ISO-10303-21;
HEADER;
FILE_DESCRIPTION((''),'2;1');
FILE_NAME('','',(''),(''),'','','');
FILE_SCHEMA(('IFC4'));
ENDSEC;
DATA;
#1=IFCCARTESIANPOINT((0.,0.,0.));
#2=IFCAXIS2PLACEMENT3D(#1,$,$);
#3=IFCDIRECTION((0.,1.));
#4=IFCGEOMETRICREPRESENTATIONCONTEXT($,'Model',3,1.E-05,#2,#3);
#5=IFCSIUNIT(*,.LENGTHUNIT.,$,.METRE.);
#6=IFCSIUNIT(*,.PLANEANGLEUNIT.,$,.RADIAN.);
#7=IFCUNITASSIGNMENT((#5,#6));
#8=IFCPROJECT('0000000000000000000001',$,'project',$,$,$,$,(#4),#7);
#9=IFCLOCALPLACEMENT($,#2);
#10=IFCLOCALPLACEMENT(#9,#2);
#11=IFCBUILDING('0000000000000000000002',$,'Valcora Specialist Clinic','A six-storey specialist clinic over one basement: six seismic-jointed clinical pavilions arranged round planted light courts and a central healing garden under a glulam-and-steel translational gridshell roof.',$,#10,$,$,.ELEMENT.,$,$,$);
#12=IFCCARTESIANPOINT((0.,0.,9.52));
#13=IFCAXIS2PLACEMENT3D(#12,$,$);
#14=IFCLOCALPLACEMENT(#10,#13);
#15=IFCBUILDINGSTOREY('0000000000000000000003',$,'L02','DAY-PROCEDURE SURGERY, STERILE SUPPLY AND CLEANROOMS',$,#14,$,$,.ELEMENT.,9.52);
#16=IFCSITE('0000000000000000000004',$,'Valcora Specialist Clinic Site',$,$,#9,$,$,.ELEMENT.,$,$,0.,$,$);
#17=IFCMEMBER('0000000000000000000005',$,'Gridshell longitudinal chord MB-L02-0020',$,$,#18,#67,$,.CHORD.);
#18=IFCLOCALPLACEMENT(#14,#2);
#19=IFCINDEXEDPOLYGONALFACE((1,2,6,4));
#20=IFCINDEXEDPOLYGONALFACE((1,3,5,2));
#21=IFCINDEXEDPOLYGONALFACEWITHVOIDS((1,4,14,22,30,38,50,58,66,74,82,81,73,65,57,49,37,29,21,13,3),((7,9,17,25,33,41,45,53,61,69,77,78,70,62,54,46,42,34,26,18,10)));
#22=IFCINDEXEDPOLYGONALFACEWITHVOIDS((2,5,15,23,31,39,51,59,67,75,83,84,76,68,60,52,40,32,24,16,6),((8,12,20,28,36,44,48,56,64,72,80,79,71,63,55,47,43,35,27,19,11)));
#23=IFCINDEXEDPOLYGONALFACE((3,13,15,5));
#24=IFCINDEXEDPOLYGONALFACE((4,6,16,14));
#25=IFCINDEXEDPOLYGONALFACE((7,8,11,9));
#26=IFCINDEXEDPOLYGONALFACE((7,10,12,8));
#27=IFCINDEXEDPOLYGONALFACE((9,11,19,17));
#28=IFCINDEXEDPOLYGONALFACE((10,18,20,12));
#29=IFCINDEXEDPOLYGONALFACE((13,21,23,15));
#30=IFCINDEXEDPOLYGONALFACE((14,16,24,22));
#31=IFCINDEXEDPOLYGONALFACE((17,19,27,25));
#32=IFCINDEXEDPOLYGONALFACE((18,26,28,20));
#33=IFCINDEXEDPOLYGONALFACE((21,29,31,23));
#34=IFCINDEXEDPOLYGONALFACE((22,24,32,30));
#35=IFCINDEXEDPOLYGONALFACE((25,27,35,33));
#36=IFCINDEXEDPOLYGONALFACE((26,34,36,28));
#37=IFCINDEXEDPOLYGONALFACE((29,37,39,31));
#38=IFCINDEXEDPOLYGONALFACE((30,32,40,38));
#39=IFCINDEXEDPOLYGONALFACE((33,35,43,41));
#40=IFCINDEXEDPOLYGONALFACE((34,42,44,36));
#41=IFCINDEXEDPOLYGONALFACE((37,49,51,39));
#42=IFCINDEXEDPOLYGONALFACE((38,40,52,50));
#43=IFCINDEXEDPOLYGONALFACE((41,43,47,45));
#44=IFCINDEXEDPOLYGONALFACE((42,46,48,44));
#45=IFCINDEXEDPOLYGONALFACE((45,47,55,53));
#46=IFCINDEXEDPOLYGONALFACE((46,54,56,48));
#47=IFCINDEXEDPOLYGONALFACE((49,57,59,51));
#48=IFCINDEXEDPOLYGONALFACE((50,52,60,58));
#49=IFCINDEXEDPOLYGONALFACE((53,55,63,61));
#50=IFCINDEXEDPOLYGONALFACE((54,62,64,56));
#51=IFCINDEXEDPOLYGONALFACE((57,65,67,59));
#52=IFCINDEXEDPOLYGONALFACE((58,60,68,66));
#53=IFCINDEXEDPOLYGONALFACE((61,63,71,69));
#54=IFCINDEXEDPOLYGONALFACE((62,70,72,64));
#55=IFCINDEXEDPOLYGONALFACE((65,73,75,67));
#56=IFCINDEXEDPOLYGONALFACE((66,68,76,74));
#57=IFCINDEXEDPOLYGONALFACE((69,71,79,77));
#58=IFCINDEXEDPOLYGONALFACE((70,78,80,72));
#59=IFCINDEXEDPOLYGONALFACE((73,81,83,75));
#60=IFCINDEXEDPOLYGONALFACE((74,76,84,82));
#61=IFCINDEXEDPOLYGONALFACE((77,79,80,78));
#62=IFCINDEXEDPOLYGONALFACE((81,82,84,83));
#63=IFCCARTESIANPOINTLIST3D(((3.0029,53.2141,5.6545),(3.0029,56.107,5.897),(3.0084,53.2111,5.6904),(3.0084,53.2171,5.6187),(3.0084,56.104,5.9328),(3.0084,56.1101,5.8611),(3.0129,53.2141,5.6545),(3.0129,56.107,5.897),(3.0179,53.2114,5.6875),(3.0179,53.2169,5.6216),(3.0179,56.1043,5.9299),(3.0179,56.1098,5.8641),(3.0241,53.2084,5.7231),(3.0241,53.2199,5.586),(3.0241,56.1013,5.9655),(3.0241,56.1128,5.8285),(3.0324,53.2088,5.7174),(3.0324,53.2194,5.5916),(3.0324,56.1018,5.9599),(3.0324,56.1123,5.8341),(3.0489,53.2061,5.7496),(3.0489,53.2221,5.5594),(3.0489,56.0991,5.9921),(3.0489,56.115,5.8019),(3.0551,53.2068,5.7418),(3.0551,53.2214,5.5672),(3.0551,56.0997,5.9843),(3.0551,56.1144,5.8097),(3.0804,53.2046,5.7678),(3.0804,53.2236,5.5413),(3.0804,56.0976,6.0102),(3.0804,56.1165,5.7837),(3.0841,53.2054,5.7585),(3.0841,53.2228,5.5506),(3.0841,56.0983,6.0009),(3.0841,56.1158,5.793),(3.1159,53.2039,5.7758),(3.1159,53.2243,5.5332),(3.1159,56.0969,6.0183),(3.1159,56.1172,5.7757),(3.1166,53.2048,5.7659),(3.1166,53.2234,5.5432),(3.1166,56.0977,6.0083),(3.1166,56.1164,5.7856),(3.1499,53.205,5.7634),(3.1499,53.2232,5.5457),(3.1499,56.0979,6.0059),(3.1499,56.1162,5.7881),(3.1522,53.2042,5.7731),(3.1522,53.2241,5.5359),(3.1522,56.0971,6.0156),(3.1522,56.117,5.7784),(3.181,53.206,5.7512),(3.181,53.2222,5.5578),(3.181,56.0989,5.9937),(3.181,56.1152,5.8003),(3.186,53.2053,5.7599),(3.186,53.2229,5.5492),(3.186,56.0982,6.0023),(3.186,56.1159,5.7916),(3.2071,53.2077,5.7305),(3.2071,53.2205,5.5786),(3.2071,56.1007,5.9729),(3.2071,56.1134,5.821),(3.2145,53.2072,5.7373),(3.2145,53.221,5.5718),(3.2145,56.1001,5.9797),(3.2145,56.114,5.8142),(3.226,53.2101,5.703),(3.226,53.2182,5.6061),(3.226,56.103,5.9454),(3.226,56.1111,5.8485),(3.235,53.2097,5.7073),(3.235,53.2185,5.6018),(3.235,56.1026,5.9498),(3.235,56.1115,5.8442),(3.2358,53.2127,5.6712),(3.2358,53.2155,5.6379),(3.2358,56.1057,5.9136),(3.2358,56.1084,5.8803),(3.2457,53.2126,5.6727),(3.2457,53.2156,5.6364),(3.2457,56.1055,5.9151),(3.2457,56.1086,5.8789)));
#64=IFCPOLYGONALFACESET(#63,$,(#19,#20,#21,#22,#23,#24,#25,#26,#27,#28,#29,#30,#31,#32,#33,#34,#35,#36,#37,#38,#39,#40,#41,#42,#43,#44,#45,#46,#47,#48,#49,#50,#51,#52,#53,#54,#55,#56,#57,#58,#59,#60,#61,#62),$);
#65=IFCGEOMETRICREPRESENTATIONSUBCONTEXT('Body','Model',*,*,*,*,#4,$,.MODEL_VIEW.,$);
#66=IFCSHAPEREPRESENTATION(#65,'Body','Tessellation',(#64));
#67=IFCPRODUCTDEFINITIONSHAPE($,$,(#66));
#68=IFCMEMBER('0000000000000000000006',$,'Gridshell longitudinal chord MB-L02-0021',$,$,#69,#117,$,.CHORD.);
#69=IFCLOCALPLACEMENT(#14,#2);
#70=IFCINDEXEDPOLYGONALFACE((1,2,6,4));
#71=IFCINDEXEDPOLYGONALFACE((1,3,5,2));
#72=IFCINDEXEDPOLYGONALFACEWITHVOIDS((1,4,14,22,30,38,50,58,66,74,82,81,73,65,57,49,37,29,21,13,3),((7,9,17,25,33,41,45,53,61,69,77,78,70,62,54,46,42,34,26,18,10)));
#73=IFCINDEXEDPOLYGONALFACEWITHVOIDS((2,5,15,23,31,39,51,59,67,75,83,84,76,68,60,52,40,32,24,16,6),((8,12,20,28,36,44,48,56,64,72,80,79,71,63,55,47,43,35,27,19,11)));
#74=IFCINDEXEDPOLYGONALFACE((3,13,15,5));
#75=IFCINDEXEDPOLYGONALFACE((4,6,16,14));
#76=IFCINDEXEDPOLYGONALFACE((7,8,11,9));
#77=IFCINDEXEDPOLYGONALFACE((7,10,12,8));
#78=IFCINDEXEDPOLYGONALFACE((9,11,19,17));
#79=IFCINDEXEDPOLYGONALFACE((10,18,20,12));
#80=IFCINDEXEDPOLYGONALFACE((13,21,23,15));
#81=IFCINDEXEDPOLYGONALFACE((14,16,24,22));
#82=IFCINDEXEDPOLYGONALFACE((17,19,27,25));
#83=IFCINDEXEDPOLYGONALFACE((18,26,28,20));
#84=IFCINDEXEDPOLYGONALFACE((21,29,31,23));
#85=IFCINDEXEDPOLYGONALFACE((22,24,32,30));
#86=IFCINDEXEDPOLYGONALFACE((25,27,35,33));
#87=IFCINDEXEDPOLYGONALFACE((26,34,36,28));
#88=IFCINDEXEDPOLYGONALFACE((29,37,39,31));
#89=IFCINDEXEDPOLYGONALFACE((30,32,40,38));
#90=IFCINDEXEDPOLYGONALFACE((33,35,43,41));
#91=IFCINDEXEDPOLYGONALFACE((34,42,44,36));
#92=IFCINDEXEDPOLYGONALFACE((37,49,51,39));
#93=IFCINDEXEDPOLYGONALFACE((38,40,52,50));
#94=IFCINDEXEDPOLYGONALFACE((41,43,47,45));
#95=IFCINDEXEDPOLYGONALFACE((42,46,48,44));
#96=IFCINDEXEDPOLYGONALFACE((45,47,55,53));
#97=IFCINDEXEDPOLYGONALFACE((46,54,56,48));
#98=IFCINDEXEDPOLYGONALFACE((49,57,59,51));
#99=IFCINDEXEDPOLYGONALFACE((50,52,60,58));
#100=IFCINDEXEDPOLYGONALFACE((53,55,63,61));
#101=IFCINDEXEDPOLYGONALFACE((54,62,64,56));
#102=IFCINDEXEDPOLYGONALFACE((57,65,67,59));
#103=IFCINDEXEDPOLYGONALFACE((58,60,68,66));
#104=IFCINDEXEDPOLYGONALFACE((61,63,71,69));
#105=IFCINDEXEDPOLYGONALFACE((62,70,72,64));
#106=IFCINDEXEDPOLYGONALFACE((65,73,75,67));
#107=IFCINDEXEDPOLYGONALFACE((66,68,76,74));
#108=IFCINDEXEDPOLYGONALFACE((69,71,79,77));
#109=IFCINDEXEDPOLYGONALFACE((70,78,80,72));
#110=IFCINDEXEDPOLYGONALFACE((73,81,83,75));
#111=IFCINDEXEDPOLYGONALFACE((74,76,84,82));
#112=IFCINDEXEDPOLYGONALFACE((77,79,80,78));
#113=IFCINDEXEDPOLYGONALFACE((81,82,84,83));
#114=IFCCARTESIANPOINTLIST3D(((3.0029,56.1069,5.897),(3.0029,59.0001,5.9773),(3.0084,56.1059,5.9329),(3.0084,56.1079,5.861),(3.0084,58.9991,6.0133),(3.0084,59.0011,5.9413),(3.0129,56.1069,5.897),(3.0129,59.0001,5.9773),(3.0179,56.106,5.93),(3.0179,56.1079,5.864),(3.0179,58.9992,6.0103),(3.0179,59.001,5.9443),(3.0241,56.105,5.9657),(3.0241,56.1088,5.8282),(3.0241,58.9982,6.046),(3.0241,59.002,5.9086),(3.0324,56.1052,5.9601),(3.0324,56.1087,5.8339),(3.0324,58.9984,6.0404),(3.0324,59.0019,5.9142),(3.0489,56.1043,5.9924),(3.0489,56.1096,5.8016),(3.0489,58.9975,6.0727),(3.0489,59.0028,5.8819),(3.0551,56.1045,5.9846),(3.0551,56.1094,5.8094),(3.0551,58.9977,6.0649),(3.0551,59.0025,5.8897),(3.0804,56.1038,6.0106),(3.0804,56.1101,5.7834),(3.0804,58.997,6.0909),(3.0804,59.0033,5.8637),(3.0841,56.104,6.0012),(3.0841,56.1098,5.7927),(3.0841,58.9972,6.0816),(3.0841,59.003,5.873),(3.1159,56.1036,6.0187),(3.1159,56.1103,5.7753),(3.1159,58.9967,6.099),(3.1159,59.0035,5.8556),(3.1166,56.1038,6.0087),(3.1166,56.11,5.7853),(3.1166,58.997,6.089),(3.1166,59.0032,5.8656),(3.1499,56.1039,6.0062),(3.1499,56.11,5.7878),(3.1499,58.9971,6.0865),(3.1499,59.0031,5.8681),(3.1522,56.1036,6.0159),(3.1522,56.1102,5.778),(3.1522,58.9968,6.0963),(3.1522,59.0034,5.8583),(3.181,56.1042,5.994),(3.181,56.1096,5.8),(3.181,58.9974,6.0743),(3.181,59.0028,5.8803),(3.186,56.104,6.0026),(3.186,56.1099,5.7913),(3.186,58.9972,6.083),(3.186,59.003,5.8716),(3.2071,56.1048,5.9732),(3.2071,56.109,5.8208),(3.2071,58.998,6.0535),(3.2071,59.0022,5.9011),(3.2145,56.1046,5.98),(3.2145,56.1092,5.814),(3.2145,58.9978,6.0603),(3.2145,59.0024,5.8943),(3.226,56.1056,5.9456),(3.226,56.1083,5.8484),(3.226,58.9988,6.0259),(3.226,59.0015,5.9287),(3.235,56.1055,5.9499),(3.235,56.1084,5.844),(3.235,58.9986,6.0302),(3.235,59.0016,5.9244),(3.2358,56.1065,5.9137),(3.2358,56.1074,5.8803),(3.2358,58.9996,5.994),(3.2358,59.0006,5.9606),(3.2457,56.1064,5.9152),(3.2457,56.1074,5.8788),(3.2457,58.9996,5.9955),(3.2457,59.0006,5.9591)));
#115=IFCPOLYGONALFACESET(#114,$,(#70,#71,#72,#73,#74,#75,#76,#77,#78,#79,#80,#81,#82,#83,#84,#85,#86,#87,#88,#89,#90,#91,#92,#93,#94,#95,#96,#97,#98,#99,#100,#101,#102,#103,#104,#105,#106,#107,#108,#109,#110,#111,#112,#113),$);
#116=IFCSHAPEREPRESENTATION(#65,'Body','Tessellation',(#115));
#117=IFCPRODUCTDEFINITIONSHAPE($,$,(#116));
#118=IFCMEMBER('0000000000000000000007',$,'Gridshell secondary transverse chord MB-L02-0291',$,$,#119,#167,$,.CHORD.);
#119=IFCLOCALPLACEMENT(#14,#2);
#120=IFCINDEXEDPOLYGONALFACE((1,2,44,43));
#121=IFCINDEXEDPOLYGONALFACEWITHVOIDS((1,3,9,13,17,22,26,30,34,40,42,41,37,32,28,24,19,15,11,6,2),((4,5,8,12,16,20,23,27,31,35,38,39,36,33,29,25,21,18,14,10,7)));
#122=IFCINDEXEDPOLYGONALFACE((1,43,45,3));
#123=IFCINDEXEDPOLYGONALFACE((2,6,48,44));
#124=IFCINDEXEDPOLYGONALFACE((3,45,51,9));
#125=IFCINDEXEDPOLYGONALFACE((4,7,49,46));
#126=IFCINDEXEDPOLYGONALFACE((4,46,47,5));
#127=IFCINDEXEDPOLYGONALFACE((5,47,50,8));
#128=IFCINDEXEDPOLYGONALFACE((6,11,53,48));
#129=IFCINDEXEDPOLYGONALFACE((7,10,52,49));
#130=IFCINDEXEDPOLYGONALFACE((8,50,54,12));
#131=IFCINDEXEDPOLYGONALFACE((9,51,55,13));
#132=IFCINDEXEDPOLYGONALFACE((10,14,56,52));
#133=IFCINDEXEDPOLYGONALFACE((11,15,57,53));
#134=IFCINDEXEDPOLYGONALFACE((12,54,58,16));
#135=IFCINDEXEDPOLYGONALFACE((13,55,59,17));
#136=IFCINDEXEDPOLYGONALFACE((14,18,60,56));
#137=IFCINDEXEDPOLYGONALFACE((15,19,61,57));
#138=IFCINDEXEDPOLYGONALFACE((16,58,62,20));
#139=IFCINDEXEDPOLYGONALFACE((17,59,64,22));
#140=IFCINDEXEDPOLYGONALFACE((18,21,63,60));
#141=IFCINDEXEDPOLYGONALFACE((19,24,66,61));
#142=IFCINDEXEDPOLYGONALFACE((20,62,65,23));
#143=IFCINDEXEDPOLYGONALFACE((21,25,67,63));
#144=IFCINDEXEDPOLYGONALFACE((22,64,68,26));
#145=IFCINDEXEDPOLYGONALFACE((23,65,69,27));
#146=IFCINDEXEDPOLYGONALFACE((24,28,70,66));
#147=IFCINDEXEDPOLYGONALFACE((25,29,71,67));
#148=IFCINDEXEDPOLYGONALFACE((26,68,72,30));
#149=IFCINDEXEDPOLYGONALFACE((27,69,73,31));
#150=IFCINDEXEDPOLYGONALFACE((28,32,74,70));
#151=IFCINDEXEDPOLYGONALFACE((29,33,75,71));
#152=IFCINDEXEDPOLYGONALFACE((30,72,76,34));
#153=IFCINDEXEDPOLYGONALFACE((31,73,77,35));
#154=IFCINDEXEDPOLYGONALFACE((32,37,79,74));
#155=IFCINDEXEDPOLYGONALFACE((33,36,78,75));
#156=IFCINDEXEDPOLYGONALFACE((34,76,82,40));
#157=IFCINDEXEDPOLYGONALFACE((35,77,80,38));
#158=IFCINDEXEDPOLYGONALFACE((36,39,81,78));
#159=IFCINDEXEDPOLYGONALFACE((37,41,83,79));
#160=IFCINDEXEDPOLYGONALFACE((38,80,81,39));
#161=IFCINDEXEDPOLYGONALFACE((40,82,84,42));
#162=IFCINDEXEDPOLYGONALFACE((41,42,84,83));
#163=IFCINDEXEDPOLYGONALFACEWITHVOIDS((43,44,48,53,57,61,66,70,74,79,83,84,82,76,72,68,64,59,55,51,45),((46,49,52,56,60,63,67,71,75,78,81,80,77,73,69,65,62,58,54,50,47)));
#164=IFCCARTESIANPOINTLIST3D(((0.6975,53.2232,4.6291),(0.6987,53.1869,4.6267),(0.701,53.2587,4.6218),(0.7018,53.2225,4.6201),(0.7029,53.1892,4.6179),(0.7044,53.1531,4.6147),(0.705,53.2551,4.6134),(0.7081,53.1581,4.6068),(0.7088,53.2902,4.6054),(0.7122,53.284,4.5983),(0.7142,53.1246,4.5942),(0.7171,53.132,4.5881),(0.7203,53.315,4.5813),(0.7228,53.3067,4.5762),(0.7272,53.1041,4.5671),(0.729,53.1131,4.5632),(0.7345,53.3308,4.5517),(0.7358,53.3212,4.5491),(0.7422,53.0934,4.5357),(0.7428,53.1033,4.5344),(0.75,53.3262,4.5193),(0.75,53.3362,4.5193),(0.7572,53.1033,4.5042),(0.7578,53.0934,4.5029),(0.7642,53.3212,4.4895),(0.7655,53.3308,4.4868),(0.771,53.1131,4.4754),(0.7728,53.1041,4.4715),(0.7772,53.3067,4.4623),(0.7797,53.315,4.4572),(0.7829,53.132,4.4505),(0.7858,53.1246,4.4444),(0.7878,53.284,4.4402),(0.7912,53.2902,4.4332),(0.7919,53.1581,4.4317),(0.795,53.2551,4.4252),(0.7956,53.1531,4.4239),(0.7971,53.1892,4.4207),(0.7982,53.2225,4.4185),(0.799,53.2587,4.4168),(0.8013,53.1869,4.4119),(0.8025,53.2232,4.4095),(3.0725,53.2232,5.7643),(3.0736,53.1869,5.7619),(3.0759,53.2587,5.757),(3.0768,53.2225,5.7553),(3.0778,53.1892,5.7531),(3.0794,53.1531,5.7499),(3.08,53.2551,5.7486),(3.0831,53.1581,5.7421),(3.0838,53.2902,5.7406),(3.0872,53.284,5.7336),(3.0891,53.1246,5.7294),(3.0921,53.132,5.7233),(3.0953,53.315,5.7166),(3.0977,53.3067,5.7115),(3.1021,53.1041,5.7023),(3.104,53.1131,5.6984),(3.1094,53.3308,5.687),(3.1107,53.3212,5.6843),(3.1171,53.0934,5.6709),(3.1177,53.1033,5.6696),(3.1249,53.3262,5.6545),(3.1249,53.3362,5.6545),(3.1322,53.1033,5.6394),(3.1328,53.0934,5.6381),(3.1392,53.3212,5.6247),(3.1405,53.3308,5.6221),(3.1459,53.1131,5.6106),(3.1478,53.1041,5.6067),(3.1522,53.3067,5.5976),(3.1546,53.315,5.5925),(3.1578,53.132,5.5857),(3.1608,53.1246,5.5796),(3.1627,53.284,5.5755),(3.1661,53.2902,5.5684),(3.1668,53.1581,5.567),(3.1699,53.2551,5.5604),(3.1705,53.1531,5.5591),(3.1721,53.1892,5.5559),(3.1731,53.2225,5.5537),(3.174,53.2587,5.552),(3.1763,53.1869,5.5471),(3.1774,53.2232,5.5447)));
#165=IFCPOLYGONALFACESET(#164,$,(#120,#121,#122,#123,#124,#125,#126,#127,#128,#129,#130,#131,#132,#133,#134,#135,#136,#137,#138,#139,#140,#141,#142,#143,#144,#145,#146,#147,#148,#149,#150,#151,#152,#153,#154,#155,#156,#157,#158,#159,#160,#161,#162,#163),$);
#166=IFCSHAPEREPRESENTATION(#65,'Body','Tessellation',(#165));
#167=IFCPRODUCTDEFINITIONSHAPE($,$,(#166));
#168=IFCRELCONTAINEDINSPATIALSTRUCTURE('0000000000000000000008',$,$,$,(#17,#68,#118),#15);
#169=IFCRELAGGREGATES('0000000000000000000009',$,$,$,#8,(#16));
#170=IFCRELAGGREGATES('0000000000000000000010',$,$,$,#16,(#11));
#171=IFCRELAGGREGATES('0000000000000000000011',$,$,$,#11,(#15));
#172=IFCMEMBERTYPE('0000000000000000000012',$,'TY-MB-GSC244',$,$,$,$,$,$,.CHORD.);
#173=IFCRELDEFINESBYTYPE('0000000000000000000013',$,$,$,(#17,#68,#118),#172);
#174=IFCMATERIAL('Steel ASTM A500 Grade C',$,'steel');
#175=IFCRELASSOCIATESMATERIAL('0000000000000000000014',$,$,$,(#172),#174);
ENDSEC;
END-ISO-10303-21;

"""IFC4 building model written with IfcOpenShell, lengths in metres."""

from ifc_helpers import new_model, si_unit, direction, frame, origin, origin_2d, place, context, subcontext, project, spatial, hollow_circle, extrude, material, material_profile, profile_set, type_object, element, save


model = new_model("IFC4")

# Units and contexts
model_context = context("Model", 3, precision=1e-05, world=origin(), true_north=direction((0.0, 1.0)))
body_context = subcontext(model_context, "Body", "Model", "MODEL_VIEW")
ifc_project = project(units=[si_unit("LENGTHUNIT", "METRE"), si_unit("PLANEANGLEUNIT", "RADIAN")], contexts=[model_context])

# Site, building, storey
site_placement = place(None, origin())
site = spatial("IfcSite", under=ifc_project, at=site_placement, Name="Valcora Specialist Clinic Site", CompositionType="ELEMENT", RefElevation=0.0)
building_placement = place(site_placement, origin())
building = spatial("IfcBuilding", under=site, at=building_placement, Name="Valcora Specialist Clinic", Description="A six-storey specialist clinic over one basement: six seismic-jointed clinical pavilions arranged round planted light courts and a central healing garden under a glulam-and-steel translational gridshell roof.", CompositionType="ELEMENT")
storey_placement = place(building_placement, frame((0.0, 0.0, 9.52)))
storey = spatial("IfcBuildingStorey", under=building, at=storey_placement, Name="L02", Description="DAY-PROCEDURE SURGERY, STERILE SUPPLY AND CLEANROOMS", CompositionType="ELEMENT", Elevation=9.52)

# Members
ifc_material_1 = material(Name="Steel ASTM A500 Grade C", Category="steel")
ifc_material_profile_1 = material_profile(ifc_material_1, hollow_circle(Radius=0.1221, WallThickness=0.01, at=origin_2d()), Name="ST-CHS-244X10")
ifc_profile_set_1 = profile_set([ifc_material_profile_1], Name="Steel ASTM A500 Grade C")
member_type_1 = type_object("IfcMemberType", Name="TY-MB-GSC244", PredefinedType="CHORD", material=ifc_profile_set_1)
member_1_placement = place(storey_placement, frame((3.125, 53.2141, 5.6545), z_axis=(0.0, 0.996507, 0.083512), x_axis=(-1.0, 0.0, 0.0)))
element("IfcMember", 1, at=member_1_placement, inside=storey, type_object=member_type_1, Name="Gridshell longitudinal chord MB-L02-0020", PredefinedType="CHORD", context=body_context, shape_type="SweptSolid", body=[
    extrude(hollow_circle(Radius=0.1221, WallThickness=0.01, at=origin_2d()), origin(), (0.0, 0.0, 1.0), 2.9031),
])
member_2_placement = place(storey_placement, frame((3.125, 56.1069, 5.897), z_axis=(0.0, 0.999615, 0.027753), x_axis=(-1.0, 0.0, 0.0)))
element("IfcMember", 2, at=member_2_placement, inside=storey, type_object=member_type_1, Name="Gridshell longitudinal chord MB-L02-0021", PredefinedType="CHORD", context=body_context, shape_type="SweptSolid", body=[
    extrude(hollow_circle(Radius=0.1221, WallThickness=0.01, at=origin_2d()), origin(), (0.0, 0.0, 1.0), 2.8943),
])
member_3_placement = place(storey_placement, frame((0.75, 53.2141, 4.5193), z_axis=(0.902225, 0.0, 0.431265), x_axis=(0.0, 1.0, 0.0)))
element("IfcMember", 3, at=member_3_placement, inside=storey, type_object=member_type_1, Name="Gridshell secondary transverse chord MB-L02-0291", PredefinedType="CHORD", context=body_context, shape_type="SweptSolid", body=[
    extrude(hollow_circle(Radius=0.1221, WallThickness=0.01, at=origin_2d()), origin(), (0.0, 0.0, 1.0), 2.6323),
])

save(model, "model.ifc")
